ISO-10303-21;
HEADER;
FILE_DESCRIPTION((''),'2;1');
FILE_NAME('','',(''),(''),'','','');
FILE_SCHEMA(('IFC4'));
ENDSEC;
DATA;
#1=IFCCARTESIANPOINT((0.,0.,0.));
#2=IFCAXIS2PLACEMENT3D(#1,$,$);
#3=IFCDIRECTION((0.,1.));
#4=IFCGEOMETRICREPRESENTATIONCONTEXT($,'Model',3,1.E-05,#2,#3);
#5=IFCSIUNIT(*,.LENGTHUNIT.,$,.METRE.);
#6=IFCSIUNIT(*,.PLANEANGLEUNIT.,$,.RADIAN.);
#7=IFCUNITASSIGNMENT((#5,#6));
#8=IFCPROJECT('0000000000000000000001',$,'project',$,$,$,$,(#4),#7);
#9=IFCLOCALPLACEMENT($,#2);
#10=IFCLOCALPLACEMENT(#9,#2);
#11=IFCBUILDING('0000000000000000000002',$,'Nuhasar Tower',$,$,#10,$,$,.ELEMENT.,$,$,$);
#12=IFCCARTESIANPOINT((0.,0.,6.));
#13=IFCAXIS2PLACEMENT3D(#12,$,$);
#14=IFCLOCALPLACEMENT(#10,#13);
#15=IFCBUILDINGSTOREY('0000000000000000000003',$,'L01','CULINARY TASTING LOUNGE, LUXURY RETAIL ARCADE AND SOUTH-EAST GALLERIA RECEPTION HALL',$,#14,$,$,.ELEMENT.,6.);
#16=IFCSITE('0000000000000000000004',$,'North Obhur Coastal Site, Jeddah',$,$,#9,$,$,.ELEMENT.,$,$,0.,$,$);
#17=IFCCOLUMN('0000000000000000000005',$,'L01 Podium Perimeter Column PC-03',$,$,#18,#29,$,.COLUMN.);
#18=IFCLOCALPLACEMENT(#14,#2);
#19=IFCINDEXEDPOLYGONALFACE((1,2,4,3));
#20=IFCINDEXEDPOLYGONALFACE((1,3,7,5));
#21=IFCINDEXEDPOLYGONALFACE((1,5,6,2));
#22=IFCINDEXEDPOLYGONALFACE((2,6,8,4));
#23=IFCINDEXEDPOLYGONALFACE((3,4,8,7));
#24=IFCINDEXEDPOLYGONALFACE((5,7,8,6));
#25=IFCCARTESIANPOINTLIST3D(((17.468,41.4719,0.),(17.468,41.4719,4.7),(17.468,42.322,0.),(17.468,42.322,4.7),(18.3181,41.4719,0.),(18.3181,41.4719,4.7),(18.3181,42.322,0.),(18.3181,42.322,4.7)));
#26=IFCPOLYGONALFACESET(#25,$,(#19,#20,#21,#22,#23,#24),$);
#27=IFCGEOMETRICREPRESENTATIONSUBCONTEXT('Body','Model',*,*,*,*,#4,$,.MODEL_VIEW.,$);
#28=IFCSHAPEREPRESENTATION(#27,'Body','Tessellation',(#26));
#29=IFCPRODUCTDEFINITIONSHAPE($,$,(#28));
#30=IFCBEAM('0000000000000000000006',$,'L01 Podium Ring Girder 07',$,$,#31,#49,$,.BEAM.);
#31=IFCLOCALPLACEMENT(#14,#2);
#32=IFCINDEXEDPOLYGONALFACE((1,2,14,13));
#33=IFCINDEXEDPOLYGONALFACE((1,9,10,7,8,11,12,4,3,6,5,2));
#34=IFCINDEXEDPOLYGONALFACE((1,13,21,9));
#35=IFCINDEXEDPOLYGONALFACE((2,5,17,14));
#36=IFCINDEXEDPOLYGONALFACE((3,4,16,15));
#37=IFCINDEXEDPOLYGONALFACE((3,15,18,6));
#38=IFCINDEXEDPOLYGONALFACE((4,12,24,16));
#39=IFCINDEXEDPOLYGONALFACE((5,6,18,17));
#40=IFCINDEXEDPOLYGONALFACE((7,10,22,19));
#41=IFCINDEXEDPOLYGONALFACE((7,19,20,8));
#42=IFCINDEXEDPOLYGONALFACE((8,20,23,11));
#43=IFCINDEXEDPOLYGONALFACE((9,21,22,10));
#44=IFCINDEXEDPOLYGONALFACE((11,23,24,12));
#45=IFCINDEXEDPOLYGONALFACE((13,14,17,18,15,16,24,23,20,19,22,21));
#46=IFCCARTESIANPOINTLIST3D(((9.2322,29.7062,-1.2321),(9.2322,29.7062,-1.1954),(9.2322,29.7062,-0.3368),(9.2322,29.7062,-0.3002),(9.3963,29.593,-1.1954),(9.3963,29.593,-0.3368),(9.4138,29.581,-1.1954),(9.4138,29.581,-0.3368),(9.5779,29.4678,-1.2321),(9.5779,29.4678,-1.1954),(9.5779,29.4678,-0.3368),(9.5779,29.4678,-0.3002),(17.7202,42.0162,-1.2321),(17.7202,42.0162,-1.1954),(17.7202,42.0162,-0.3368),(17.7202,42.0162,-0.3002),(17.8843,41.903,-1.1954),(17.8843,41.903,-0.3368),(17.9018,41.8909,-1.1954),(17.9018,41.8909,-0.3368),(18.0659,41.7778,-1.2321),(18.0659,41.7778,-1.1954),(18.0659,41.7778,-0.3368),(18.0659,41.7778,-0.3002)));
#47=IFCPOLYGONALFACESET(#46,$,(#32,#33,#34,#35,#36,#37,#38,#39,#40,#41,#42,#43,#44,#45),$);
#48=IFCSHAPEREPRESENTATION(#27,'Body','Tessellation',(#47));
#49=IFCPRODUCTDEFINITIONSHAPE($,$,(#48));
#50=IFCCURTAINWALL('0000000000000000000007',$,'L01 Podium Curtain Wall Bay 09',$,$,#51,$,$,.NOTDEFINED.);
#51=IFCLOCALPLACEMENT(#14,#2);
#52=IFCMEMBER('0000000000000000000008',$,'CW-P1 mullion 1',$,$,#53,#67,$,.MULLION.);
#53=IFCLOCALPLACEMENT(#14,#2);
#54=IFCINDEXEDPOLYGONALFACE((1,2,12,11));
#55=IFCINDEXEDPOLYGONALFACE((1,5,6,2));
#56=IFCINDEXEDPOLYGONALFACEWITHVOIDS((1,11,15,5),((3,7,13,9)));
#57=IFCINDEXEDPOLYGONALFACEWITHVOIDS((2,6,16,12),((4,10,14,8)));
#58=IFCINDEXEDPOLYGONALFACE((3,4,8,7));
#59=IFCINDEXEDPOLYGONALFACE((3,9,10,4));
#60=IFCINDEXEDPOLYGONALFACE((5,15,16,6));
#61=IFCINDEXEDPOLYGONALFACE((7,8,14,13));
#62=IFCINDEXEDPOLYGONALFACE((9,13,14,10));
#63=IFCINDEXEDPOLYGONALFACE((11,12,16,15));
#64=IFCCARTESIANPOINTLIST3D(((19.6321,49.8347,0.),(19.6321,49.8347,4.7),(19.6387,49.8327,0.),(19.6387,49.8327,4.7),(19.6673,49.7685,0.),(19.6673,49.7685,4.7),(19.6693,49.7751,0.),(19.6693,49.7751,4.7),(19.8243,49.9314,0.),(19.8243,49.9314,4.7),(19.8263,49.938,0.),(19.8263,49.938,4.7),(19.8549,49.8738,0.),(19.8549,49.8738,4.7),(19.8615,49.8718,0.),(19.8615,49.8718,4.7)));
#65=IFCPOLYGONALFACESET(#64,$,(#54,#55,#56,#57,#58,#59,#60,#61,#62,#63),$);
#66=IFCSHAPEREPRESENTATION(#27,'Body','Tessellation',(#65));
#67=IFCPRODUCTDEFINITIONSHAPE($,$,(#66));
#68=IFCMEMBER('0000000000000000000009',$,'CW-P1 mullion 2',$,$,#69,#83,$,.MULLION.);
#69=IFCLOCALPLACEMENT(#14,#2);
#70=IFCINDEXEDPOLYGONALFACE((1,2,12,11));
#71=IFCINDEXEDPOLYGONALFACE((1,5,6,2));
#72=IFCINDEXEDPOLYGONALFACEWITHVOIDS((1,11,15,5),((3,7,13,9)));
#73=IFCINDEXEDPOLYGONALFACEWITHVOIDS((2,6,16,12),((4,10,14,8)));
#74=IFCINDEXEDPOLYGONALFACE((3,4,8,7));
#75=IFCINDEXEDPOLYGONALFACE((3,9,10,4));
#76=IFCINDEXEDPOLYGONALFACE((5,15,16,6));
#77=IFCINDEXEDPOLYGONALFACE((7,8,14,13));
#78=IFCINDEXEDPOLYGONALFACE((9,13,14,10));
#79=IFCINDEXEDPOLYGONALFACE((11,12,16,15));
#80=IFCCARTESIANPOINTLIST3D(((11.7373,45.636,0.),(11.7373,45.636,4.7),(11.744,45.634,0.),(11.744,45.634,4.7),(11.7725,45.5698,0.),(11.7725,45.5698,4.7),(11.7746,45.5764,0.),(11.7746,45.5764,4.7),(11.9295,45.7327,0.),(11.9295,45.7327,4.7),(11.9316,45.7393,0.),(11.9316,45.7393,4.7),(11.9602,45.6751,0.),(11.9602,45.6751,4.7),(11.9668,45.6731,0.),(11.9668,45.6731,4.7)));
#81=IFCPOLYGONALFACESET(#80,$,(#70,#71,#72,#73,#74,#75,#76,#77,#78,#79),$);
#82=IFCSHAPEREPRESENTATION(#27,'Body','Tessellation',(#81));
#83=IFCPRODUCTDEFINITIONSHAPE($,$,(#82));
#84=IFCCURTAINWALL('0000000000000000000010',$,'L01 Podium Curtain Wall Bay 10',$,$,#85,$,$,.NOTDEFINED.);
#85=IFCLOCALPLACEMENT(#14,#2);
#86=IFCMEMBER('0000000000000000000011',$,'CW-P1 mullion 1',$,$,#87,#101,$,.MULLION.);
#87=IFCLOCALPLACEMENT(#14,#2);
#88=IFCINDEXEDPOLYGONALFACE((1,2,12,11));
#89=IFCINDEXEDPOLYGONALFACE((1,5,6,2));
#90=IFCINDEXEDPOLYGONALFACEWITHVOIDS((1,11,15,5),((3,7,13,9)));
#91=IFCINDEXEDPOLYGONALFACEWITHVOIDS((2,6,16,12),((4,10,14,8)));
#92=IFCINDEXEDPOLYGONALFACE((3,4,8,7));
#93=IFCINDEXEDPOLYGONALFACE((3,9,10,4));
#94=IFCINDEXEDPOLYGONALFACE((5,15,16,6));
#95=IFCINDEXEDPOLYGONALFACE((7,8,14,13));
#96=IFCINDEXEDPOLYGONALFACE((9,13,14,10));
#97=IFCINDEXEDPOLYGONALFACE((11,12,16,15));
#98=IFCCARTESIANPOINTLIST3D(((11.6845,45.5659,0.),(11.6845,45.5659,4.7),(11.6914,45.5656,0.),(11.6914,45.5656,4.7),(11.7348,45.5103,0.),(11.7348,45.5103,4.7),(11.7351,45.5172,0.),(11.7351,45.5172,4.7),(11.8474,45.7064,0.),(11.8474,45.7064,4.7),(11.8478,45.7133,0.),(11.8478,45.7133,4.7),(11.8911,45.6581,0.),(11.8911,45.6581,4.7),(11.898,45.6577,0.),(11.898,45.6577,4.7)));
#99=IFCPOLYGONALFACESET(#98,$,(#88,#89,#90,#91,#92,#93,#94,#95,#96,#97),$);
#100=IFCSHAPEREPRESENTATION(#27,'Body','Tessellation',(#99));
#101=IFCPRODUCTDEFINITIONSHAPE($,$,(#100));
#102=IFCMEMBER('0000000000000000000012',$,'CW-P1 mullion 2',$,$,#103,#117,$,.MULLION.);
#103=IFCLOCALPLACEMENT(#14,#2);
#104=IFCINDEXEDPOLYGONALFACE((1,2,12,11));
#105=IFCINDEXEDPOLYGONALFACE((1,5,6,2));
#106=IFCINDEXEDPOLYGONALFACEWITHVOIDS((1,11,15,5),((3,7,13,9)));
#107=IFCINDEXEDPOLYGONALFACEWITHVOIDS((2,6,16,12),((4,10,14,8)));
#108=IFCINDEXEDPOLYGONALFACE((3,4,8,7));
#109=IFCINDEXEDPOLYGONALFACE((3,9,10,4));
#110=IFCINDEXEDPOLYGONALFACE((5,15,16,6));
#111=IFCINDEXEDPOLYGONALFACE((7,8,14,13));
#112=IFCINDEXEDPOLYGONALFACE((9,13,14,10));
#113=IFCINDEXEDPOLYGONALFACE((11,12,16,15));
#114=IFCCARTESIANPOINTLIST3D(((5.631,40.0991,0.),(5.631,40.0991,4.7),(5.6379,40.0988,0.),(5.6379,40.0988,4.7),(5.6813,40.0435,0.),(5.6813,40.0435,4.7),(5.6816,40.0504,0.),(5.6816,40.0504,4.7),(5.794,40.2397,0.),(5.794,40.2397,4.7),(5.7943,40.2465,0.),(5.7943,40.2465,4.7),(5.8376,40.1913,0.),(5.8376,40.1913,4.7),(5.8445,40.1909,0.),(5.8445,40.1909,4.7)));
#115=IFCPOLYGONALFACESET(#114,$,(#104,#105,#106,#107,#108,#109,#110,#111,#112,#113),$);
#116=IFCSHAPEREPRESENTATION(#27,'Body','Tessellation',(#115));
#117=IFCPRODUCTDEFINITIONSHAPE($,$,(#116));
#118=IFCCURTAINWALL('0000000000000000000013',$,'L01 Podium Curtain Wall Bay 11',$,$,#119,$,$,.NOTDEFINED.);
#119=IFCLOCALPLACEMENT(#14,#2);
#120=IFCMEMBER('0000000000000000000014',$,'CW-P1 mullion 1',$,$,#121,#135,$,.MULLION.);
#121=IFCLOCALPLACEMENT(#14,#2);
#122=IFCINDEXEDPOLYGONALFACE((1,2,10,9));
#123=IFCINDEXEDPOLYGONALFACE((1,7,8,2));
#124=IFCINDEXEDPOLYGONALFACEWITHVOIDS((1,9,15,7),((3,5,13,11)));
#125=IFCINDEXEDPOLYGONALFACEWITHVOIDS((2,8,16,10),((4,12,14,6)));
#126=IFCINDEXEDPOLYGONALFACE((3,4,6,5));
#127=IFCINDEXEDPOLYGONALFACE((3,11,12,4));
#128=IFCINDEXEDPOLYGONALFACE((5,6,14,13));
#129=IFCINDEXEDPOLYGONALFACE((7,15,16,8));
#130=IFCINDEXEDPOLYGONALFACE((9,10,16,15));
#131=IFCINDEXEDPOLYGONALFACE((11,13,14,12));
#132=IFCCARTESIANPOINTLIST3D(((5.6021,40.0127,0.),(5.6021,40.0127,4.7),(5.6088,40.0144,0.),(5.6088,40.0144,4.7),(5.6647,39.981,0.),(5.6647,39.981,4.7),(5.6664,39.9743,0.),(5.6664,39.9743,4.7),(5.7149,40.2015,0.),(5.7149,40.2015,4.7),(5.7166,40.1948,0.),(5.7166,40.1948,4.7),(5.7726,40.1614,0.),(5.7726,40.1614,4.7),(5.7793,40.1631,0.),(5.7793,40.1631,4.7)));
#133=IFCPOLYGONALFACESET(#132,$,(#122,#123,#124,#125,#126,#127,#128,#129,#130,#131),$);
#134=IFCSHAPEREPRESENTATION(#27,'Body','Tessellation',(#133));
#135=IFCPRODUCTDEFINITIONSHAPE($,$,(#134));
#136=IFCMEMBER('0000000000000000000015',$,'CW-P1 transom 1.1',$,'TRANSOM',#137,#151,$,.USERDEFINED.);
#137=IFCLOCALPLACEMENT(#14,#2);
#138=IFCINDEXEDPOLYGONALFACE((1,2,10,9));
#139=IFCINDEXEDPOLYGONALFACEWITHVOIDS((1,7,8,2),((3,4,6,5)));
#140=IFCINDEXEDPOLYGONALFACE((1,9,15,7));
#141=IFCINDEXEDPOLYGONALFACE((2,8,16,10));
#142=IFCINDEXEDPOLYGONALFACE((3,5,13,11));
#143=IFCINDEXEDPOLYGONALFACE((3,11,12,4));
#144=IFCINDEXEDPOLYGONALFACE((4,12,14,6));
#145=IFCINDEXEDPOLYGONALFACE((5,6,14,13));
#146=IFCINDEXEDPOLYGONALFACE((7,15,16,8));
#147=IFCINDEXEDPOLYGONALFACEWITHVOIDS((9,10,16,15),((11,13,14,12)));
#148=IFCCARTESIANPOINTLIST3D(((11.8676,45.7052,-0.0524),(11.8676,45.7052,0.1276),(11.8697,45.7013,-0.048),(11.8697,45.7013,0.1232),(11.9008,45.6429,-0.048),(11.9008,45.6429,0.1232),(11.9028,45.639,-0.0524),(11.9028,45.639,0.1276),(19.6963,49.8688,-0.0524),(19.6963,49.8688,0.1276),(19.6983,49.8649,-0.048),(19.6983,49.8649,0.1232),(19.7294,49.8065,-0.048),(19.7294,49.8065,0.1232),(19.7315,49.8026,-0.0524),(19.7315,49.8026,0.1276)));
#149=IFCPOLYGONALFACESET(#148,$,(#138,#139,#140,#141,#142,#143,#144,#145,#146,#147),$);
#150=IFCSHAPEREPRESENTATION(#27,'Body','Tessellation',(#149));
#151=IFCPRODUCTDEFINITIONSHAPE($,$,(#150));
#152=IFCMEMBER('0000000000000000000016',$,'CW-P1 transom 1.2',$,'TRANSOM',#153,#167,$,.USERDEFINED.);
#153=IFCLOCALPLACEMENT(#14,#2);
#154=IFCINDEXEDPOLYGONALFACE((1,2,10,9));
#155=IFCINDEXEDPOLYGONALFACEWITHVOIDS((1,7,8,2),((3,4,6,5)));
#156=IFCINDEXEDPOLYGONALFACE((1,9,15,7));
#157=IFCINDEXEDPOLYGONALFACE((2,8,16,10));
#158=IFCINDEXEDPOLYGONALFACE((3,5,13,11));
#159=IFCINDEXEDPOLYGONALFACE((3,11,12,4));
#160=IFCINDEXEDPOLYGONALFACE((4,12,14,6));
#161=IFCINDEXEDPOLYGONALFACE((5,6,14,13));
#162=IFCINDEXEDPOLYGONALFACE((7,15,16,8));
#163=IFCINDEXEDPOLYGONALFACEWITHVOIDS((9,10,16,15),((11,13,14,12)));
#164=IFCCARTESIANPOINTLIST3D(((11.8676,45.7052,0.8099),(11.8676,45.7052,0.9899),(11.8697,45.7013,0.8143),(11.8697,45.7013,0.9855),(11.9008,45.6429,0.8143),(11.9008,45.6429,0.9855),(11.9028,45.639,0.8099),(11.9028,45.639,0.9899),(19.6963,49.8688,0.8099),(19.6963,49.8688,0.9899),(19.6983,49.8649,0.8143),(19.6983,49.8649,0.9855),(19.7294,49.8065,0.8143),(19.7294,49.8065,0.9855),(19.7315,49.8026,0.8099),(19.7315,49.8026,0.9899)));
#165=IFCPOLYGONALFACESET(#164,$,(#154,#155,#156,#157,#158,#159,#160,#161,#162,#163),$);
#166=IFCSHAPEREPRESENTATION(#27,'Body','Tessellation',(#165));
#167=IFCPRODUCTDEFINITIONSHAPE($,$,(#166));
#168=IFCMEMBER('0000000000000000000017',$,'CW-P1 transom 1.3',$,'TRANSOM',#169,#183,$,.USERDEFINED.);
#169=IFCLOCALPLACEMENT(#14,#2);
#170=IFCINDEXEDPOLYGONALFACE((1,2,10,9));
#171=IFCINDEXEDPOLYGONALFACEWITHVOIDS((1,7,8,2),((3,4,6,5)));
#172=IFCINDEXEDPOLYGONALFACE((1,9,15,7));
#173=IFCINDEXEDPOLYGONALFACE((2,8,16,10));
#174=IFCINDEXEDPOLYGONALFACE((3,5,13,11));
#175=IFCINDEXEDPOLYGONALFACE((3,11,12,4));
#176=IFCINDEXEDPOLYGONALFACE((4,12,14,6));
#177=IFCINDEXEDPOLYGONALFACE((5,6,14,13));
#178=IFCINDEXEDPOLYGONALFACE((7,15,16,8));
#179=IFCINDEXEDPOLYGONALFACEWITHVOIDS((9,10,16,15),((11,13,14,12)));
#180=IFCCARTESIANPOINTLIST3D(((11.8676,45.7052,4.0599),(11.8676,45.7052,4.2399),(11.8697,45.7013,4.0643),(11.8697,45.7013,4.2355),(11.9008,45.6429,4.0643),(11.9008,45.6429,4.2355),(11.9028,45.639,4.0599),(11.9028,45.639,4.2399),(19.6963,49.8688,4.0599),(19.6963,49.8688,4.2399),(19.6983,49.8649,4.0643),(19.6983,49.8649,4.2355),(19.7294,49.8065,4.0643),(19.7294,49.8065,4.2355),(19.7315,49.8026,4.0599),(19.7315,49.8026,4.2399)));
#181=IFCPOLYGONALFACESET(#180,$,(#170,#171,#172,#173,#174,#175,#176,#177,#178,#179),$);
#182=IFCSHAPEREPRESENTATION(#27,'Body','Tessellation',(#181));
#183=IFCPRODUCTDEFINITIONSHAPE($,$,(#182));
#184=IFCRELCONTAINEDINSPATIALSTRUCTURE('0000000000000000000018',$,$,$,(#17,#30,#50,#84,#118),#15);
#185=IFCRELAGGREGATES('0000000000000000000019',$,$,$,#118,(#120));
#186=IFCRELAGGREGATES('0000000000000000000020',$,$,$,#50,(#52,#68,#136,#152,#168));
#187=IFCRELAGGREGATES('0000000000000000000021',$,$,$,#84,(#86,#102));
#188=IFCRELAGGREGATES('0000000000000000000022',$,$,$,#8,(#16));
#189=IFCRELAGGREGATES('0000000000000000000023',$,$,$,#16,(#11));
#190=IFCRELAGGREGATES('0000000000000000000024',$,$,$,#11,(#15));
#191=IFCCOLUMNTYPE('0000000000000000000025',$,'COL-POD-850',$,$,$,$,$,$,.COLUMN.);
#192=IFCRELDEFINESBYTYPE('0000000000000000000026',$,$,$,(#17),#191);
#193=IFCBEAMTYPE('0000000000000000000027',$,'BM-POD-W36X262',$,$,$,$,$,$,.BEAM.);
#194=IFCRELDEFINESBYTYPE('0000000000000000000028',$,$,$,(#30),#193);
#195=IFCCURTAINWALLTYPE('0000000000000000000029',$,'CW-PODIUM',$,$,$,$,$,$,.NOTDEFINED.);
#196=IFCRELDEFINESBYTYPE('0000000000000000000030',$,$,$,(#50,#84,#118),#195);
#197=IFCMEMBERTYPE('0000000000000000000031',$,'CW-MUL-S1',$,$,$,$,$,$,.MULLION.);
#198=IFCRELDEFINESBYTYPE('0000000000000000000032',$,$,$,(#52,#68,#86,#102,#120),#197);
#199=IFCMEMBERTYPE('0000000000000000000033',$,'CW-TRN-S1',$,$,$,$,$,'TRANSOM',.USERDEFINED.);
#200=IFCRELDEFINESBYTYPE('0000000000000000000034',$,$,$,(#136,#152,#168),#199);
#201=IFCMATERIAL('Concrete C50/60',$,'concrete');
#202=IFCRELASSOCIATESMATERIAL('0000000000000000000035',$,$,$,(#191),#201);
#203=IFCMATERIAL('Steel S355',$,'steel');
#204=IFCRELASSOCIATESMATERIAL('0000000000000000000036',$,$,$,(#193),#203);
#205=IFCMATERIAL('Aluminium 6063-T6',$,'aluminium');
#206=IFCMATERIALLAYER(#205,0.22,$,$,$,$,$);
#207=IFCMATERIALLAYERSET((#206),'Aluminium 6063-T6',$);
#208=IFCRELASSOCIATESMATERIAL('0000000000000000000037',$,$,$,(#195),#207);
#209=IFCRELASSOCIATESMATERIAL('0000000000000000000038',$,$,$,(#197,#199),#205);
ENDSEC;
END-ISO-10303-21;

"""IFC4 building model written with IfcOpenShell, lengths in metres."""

from ifc_helpers import new_model, si_unit, direction, frame, origin, origin_2d, place, context, subcontext, project, spatial, rectangle, hollow_rectangle, i_section, extrude, material, layer, layer_set, material_profile, profile_set, type_object, element, aggregate, save


model = new_model("IFC4")

# Units and contexts
model_context = context("Model", 3, precision=1e-05, world=origin(), true_north=direction((0.0, 1.0)))
body_context = subcontext(model_context, "Body", "Model", "MODEL_VIEW")
ifc_project = project(units=[si_unit("LENGTHUNIT", "METRE"), si_unit("PLANEANGLEUNIT", "RADIAN")], contexts=[model_context])

# Site, building, storey
site_placement = place(None, origin())
site = spatial("IfcSite", under=ifc_project, at=site_placement, Name="North Obhur Coastal Site, Jeddah", CompositionType="ELEMENT", RefElevation=0.0)
building_placement = place(site_placement, origin())
building = spatial("IfcBuilding", under=site, at=building_placement, Name="Nuhasar Tower", CompositionType="ELEMENT")
storey_placement = place(building_placement, frame((0.0, 0.0, 6.0)))
storey = spatial("IfcBuildingStorey", under=building, at=storey_placement, Name="L01", Description="CULINARY TASTING LOUNGE, LUXURY RETAIL ARCADE AND SOUTH-EAST GALLERIA RECEPTION HALL", CompositionType="ELEMENT", Elevation=6.0)

# Column
ifc_material_1 = material(Name="Concrete C50/60", Category="concrete")
ifc_material_profile_1 = material_profile(ifc_material_1, rectangle(XDim=0.8501, YDim=0.8501, at=origin_2d()), Name="RC850X850")
ifc_profile_set_1 = profile_set([ifc_material_profile_1], Name="Concrete C50/60")
column_type = type_object("IfcColumnType", Name="COL-POD-850", PredefinedType="COLUMN", material=ifc_profile_set_1)
column_placement = place(storey_placement, frame((17.8931, 41.897, 0.0), z_axis=(0.0, 0.0, 1.0), x_axis=(1.0, 0.0, 0.0)))
element("IfcColumn", 1, at=column_placement, inside=storey, type_object=column_type, Name="L01 Podium Perimeter Column PC-03", PredefinedType="COLUMN", context=body_context, shape_type="SweptSolid", body=[
    extrude(rectangle(XDim=0.8501, YDim=0.8501, at=origin_2d()), origin(), (0.0, 0.0, 1.0), 4.7),
])

# Beam
ifc_material_2 = material(Name="Steel S355", Category="steel")
ifc_material_profile_2 = material_profile(ifc_material_2, i_section(OverallWidth=0.4199, OverallDepth=0.9319, WebThickness=0.0212, FlangeThickness=0.0366, at=origin_2d()), Name="W36X262")
ifc_profile_set_2 = profile_set([ifc_material_profile_2], Name="Steel S355")
beam_type = type_object("IfcBeamType", Name="BM-POD-W36X262", PredefinedType="BEAM", material=ifc_profile_set_2)
beam_placement = place(storey_placement, frame((17.8931, 41.897, -0.7661), z_axis=(-0.567658, -0.823265, 0.0), x_axis=(0.823265, -0.567658, 0.0)))
element("IfcBeam", 2, at=beam_placement, inside=storey, type_object=beam_type, Name="L01 Podium Ring Girder 07", PredefinedType="BEAM", context=body_context, shape_type="SweptSolid", body=[
    extrude(i_section(OverallWidth=0.4199, OverallDepth=0.9319, WebThickness=0.0212, FlangeThickness=0.0366, at=origin_2d()), origin(), (0.0, 0.0, 1.0), 14.9526),
])

# Curtain walls, members
ifc_material_3 = material(Name="Aluminium 6063-T6", Category="aluminium")
ifc_layer_1 = layer(ifc_material_3, 0.22)
ifc_layer_set_1 = layer_set([ifc_layer_1], Name="Aluminium 6063-T6")
curtain_wall_type = type_object("IfcCurtainWallType", Name="CW-PODIUM", PredefinedType="NOTDEFINED", material=ifc_layer_set_1)
curtain_wall_1_placement = place(storey_placement, origin())
curtain_wall_1 = element("IfcCurtainWall", 3, at=curtain_wall_1_placement, inside=storey, type_object=curtain_wall_type, Name="L01 Podium Curtain Wall Bay 09", PredefinedType="NOTDEFINED")
ifc_material_profile_3 = material_profile(ifc_material_3, hollow_rectangle(XDim=0.075, YDim=0.22, WallThickness=0.0049, at=origin_2d()), Name="CWM-1")
ifc_profile_set_3 = profile_set([ifc_material_profile_3], Name="Aluminium 6063-T6")
member_type_1 = type_object("IfcMemberType", Name="CW-MUL-S1", PredefinedType="MULLION", material=ifc_profile_set_3)
member_1_placement = place(storey_placement, frame((19.7468, 49.8533, 0.0), z_axis=(0.0, 0.0, 1.0), x_axis=(0.469563, -0.882899, 0.0)))
member_1 = element("IfcMember", 4, at=member_1_placement, type_object=member_type_1, Name="CW-P1 mullion 1", PredefinedType="MULLION", context=body_context, shape_type="SweptSolid", body=[
    extrude(hollow_rectangle(XDim=0.075, YDim=0.22, WallThickness=0.0049, at=origin_2d()), origin(), (0.0, 0.0, 1.0), 4.7),
])
member_2_placement = place(storey_placement, frame((11.8521, 45.6545, 0.0), z_axis=(0.0, 0.0, 1.0), x_axis=(0.469563, -0.882899, 0.0)))
member_2 = element("IfcMember", 5, at=member_2_placement, type_object=member_type_1, Name="CW-P1 mullion 2", PredefinedType="MULLION", context=body_context, shape_type="SweptSolid", body=[
    extrude(hollow_rectangle(XDim=0.075, YDim=0.22, WallThickness=0.0049, at=origin_2d()), origin(), (0.0, 0.0, 1.0), 4.7),
])
curtain_wall_2_placement = place(storey_placement, origin())
curtain_wall_2 = element("IfcCurtainWall", 6, at=curtain_wall_2_placement, inside=storey, type_object=curtain_wall_type, Name="L01 Podium Curtain Wall Bay 10", PredefinedType="NOTDEFINED")
member_3_placement = place(storey_placement, frame((11.7913, 45.6118, 0.0), z_axis=(0.0, 0.0, 1.0), x_axis=(0.670232, -0.742151, 0.0)))
member_3 = element("IfcMember", 7, at=member_3_placement, type_object=member_type_1, Name="CW-P1 mullion 1", PredefinedType="MULLION", context=body_context, shape_type="SweptSolid", body=[
    extrude(hollow_rectangle(XDim=0.075, YDim=0.22, WallThickness=0.0049, at=origin_2d()), origin(), (0.0, 0.0, 1.0), 4.7),
])
member_4_placement = place(storey_placement, frame((5.7378, 40.145, 0.0), z_axis=(0.0, 0.0, 1.0), x_axis=(0.670232, -0.742151, 0.0)))
member_4 = element("IfcMember", 8, at=member_4_placement, type_object=member_type_1, Name="CW-P1 mullion 2", PredefinedType="MULLION", context=body_context, shape_type="SweptSolid", body=[
    extrude(hollow_rectangle(XDim=0.075, YDim=0.22, WallThickness=0.0049, at=origin_2d()), origin(), (0.0, 0.0, 1.0), 4.7),
])

# Curtain wall, member
curtain_wall_3_placement = place(storey_placement, origin())
curtain_wall_3 = element("IfcCurtainWall", 9, at=curtain_wall_3_placement, inside=storey, type_object=curtain_wall_type, Name="L01 Podium Curtain Wall Bay 11", PredefinedType="NOTDEFINED")
member_5_placement = place(storey_placement, frame((5.6907, 40.0879, 0.0), z_axis=(0.0, 0.0, 1.0), x_axis=(0.858376, -0.513021, 0.0)))
member_5 = element("IfcMember", 10, at=member_5_placement, type_object=member_type_1, Name="CW-P1 mullion 1", PredefinedType="MULLION", context=body_context, shape_type="SweptSolid", body=[
    extrude(hollow_rectangle(XDim=0.075, YDim=0.22, WallThickness=0.0049, at=origin_2d()), origin(), (0.0, 0.0, 1.0), 4.7),
])

# Members
ifc_material_profile_4 = material_profile(ifc_material_3, hollow_rectangle(XDim=0.075, YDim=0.1799, WallThickness=0.0044, at=origin_2d()), Name="CWT-1")
ifc_profile_set_4 = profile_set([ifc_material_profile_4], Name="Aluminium 6063-T6")
member_type_2 = type_object("IfcMemberType", Name="CW-TRN-S1", ElementType="TRANSOM", PredefinedType="USERDEFINED", material=ifc_profile_set_4)
member_6_placement = place(storey_placement, frame((19.7139, 49.8357, 0.0376), z_axis=(-0.8829, -0.469562, 0.0), x_axis=(0.469562, -0.8829, 0.0)))
member_6 = element("IfcMember", 11, at=member_6_placement, type_object=member_type_2, Name="CW-P1 transom 1.1", ObjectType="TRANSOM", PredefinedType="USERDEFINED", context=body_context, shape_type="SweptSolid", body=[
    extrude(hollow_rectangle(XDim=0.075, YDim=0.1799, WallThickness=0.0044, at=origin_2d()), origin(), (0.0, 0.0, 1.0), 8.8669),
])
member_7_placement = place(storey_placement, frame((19.7139, 49.8357, 0.8999), z_axis=(-0.8829, -0.469562, 0.0), x_axis=(0.469562, -0.8829, 0.0)))
member_7 = element("IfcMember", 12, at=member_7_placement, type_object=member_type_2, Name="CW-P1 transom 1.2", ObjectType="TRANSOM", PredefinedType="USERDEFINED", context=body_context, shape_type="SweptSolid", body=[
    extrude(hollow_rectangle(XDim=0.075, YDim=0.1799, WallThickness=0.0044, at=origin_2d()), origin(), (0.0, 0.0, 1.0), 8.8669),
])
member_8_placement = place(storey_placement, frame((19.7139, 49.8357, 4.1499), z_axis=(-0.8829, -0.469562, 0.0), x_axis=(0.469562, -0.8829, 0.0)))
member_8 = element("IfcMember", 13, at=member_8_placement, type_object=member_type_2, Name="CW-P1 transom 1.3", ObjectType="TRANSOM", PredefinedType="USERDEFINED", context=body_context, shape_type="SweptSolid", body=[
    extrude(hollow_rectangle(XDim=0.075, YDim=0.1799, WallThickness=0.0044, at=origin_2d()), origin(), (0.0, 0.0, 1.0), 8.8669),
])
aggregate(curtain_wall_3, [member_5])

aggregate(curtain_wall_1, [member_1, member_2, member_6, member_7, member_8])
aggregate(curtain_wall_2, [member_3, member_4])

save(model, "model.ifc")
